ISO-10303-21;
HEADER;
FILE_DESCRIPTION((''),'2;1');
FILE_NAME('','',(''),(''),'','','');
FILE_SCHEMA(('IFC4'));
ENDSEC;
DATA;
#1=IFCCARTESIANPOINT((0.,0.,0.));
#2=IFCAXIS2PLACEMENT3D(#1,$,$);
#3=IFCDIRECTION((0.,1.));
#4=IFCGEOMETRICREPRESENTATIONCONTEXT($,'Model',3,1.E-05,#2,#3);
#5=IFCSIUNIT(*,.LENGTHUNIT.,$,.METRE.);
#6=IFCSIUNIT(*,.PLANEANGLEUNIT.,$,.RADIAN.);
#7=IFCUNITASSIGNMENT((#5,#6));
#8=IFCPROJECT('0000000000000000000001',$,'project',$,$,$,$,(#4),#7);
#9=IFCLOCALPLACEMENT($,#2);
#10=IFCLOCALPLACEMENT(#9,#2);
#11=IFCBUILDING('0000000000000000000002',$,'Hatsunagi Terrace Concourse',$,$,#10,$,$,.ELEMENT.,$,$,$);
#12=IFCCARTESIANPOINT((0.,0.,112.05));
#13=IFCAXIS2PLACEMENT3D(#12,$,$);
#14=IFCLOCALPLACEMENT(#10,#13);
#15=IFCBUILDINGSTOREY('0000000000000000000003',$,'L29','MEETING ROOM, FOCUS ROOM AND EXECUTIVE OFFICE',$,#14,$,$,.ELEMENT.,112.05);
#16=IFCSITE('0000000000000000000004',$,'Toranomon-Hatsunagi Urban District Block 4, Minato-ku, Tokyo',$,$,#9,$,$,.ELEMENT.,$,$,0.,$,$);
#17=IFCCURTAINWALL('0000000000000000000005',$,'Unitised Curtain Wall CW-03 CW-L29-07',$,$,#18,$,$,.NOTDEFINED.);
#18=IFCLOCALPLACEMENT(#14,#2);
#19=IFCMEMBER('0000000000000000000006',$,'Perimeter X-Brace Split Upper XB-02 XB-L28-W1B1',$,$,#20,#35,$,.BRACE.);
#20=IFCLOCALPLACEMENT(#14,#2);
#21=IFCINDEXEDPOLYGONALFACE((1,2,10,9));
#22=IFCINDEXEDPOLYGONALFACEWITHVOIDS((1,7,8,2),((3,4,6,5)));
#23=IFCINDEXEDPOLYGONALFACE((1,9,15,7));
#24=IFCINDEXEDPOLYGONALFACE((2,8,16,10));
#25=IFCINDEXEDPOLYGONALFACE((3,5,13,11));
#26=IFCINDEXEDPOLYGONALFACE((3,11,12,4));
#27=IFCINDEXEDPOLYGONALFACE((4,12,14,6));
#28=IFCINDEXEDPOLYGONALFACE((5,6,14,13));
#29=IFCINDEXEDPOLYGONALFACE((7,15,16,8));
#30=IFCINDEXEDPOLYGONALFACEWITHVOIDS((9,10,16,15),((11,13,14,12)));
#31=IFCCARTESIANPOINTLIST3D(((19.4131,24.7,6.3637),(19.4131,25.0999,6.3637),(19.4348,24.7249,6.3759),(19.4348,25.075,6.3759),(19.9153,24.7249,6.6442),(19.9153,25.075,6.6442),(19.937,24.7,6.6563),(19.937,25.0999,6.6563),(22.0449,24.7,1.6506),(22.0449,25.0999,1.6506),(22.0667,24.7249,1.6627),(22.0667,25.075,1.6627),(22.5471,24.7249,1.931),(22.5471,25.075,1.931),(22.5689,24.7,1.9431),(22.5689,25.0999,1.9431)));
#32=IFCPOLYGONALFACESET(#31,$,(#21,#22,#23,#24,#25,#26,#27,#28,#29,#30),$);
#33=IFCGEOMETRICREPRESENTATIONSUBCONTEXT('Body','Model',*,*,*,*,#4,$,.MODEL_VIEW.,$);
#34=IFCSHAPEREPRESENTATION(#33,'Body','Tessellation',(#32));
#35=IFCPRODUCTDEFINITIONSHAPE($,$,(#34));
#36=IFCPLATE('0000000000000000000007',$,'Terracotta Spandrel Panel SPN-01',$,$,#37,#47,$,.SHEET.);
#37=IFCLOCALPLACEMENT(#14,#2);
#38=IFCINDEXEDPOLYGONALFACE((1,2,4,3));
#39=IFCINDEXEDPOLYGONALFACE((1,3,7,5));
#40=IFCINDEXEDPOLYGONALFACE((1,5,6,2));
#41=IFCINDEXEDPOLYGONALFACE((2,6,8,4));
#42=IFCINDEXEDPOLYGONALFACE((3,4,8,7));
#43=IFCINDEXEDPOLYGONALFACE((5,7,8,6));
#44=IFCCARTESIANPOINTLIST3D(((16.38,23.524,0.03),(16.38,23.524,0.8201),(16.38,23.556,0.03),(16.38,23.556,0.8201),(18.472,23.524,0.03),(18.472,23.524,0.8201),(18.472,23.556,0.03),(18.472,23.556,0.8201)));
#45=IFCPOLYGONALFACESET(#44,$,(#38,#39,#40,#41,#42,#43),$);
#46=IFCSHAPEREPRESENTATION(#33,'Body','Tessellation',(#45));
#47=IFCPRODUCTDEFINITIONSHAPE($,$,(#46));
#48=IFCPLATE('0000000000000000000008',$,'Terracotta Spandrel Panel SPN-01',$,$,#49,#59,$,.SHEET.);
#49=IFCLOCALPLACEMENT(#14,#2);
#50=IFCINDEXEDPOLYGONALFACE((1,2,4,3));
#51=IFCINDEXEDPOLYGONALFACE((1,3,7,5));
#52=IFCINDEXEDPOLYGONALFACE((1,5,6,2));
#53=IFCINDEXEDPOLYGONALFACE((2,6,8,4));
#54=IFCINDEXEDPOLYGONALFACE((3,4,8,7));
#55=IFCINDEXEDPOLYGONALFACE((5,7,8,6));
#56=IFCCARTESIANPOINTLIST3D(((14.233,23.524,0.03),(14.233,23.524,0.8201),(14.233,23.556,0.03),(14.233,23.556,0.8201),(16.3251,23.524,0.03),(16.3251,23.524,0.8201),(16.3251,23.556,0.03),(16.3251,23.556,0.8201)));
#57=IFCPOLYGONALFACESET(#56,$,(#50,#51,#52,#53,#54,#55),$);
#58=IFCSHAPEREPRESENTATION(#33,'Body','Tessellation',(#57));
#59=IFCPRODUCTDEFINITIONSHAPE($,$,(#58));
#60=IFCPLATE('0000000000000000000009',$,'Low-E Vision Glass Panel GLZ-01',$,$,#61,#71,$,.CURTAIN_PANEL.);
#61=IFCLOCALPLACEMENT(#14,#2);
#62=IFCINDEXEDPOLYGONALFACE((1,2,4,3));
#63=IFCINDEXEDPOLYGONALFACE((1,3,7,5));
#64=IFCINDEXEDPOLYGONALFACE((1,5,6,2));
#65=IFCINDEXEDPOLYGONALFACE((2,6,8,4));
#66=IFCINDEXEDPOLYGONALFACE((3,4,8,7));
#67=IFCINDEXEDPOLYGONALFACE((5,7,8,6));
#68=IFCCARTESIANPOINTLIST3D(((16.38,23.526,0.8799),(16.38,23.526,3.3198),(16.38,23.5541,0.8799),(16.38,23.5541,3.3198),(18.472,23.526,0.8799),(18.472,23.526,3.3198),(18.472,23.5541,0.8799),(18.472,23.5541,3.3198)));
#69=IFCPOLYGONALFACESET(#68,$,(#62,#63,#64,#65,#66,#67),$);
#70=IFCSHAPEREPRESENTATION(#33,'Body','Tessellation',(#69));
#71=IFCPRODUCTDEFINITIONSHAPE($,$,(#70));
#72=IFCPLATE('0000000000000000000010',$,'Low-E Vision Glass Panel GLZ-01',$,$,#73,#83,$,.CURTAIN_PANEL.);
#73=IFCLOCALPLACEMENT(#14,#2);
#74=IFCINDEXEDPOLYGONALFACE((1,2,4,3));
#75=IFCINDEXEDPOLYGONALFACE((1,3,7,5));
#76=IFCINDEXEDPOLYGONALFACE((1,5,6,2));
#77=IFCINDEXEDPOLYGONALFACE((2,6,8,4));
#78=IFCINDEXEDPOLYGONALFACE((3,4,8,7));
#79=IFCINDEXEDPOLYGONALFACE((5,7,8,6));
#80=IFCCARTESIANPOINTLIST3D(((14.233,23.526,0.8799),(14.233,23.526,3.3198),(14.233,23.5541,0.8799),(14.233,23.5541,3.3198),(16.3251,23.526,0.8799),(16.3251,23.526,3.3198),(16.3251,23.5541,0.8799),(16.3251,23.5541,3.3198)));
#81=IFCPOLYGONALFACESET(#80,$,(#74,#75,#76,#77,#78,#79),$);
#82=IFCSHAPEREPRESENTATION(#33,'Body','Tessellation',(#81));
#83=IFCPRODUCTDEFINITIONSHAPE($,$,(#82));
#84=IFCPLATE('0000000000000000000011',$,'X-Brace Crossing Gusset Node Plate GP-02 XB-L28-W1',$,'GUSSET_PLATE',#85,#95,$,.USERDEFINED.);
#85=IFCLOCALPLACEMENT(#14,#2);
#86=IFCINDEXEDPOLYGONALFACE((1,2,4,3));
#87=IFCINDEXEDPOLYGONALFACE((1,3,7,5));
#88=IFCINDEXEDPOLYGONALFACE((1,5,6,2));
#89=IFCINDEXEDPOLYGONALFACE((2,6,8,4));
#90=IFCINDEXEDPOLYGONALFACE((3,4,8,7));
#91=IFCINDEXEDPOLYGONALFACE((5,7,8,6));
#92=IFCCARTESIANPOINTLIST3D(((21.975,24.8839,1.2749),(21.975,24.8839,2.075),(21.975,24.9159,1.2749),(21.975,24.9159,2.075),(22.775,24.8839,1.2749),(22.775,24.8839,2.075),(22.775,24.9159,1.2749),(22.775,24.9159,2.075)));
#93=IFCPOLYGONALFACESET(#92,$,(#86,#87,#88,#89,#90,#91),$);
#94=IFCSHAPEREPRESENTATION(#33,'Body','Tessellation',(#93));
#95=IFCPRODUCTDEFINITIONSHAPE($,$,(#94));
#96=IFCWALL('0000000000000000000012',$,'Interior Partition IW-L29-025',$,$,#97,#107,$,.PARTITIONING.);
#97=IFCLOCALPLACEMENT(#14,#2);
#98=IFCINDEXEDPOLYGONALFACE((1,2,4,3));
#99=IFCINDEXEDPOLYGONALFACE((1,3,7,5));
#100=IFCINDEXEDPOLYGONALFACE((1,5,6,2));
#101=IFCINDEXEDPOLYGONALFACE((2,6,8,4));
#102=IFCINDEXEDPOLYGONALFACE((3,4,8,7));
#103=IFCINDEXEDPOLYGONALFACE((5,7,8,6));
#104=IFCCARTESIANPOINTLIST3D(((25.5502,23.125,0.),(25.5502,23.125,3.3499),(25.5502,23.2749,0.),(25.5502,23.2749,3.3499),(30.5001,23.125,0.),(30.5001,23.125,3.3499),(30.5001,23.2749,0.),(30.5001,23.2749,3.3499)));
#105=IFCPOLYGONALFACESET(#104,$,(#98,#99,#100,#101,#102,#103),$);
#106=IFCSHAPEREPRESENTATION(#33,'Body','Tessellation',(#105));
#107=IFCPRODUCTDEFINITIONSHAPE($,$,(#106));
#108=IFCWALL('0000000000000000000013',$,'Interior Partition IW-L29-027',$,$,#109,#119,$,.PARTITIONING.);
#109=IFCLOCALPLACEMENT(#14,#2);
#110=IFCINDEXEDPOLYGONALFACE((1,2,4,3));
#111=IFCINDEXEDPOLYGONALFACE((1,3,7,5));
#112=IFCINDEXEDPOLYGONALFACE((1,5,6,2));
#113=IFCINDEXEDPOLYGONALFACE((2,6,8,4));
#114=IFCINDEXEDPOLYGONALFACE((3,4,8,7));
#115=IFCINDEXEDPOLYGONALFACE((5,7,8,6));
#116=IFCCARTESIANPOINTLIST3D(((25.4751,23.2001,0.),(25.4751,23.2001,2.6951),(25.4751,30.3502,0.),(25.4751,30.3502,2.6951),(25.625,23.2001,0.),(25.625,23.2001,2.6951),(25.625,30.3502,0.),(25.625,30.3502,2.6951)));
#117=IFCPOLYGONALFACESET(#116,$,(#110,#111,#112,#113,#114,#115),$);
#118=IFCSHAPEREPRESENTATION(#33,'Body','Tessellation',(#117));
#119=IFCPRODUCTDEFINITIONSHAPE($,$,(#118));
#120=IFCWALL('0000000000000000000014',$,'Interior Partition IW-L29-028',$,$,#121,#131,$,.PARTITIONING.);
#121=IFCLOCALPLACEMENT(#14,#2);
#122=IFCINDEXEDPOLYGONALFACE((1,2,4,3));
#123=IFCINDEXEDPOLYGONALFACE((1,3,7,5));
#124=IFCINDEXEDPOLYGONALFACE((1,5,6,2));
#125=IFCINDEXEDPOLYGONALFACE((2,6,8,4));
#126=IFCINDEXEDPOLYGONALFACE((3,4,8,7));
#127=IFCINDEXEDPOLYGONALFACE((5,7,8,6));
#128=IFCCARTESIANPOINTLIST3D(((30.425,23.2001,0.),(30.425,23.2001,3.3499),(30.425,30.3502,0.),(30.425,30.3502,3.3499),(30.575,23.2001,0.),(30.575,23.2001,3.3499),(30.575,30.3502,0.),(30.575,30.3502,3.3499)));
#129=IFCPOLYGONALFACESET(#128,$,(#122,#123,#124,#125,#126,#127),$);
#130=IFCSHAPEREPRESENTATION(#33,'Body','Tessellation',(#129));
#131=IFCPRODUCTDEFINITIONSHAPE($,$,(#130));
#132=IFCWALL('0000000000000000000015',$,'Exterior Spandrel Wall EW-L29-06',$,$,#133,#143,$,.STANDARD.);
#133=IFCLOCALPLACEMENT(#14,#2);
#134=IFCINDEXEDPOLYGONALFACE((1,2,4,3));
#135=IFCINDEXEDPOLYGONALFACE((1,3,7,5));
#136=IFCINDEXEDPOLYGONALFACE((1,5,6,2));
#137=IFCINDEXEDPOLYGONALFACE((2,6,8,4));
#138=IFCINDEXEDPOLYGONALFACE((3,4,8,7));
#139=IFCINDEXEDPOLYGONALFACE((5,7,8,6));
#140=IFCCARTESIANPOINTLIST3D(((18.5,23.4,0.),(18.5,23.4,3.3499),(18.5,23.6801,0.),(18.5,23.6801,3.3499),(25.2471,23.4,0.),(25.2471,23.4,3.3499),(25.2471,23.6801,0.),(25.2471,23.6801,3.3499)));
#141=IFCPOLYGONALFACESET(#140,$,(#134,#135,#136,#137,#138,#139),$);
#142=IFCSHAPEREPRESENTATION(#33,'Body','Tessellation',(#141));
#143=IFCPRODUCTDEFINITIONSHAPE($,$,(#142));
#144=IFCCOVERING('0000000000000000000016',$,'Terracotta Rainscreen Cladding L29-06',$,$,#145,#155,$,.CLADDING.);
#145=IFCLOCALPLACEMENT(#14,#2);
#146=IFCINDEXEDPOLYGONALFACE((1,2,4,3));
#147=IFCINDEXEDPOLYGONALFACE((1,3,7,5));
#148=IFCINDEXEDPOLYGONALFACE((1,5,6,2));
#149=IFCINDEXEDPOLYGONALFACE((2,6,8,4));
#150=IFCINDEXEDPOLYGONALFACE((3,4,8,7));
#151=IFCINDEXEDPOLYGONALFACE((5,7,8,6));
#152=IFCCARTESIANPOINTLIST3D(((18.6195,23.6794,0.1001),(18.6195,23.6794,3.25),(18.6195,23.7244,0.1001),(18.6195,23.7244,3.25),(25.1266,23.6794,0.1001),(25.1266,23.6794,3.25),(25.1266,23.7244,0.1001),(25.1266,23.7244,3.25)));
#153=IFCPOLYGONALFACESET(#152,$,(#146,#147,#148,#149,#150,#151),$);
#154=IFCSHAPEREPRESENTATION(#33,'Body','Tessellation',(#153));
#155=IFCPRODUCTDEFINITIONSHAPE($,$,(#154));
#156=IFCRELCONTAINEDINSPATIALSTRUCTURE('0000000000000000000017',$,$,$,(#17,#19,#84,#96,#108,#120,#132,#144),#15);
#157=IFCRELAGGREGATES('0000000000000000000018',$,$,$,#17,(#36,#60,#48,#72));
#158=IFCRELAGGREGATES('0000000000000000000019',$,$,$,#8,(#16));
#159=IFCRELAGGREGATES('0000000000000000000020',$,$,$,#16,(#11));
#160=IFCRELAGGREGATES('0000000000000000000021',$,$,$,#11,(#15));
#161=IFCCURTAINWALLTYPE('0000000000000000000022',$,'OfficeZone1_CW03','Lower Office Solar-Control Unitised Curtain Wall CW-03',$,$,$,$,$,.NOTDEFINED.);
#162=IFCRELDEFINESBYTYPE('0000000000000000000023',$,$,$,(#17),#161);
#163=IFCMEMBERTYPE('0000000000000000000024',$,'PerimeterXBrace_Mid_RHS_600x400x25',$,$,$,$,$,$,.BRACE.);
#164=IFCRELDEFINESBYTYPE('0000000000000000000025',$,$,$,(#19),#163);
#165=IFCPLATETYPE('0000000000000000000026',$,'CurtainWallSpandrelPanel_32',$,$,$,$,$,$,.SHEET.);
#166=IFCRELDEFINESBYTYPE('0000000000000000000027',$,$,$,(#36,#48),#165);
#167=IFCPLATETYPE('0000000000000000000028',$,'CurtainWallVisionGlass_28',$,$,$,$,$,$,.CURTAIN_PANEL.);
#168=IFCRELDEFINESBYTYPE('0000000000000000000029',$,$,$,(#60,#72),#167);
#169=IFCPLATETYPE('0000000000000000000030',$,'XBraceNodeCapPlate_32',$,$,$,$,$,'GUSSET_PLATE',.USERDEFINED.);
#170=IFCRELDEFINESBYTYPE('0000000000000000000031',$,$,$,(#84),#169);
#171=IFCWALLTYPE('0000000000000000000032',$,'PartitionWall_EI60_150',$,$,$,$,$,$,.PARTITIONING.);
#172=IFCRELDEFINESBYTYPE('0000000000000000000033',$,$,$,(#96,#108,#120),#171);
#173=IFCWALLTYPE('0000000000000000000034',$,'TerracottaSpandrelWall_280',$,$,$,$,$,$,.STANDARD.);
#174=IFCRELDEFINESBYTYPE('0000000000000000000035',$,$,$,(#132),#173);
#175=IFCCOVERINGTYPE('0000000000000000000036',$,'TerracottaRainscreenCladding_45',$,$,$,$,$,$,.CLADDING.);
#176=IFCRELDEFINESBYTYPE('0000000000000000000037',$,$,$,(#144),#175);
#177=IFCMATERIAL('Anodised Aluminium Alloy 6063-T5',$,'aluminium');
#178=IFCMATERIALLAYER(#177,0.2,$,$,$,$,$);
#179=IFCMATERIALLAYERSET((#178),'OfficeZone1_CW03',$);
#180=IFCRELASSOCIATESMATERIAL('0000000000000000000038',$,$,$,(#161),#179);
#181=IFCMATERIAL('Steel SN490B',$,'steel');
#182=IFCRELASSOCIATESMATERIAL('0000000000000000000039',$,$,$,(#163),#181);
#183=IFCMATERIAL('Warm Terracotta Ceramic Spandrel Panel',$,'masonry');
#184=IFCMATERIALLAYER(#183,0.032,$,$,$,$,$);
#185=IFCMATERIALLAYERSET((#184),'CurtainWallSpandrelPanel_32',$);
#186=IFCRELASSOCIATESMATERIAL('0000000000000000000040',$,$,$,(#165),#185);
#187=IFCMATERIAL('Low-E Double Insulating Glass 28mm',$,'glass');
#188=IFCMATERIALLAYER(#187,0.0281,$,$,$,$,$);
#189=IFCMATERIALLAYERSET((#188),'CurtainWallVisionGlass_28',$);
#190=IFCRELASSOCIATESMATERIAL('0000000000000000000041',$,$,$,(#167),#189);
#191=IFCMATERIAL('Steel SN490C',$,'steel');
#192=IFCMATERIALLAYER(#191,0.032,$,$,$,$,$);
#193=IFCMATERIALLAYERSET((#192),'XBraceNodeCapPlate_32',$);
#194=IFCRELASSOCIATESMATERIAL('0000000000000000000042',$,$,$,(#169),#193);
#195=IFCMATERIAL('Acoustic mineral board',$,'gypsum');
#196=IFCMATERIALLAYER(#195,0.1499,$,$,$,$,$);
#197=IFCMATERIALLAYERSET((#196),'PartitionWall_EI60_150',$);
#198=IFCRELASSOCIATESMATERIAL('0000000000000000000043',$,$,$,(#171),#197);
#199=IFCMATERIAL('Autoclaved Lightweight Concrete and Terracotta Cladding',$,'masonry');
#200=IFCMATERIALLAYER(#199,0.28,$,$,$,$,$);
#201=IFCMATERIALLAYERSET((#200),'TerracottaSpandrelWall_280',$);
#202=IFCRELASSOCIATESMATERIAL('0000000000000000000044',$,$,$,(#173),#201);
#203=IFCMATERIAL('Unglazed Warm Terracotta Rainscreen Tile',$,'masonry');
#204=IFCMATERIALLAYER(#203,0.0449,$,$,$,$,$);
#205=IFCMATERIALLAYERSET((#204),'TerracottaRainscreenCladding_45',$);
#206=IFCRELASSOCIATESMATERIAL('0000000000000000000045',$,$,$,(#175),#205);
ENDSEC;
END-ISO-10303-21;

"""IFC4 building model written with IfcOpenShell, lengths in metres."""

from ifc_helpers import new_model, si_unit, direction, frame, frame_2d, origin, origin_2d, place, context, subcontext, project, spatial, rectangle, hollow_rectangle, extrude, material, layer, layer_set, material_profile, profile_set, type_object, element, aggregate, save


model = new_model("IFC4")

# Units and contexts
model_context = context("Model", 3, precision=1e-05, world=origin(), true_north=direction((0.0, 1.0)))
body_context = subcontext(model_context, "Body", "Model", "MODEL_VIEW")
ifc_project = project(units=[si_unit("LENGTHUNIT", "METRE"), si_unit("PLANEANGLEUNIT", "RADIAN")], contexts=[model_context])

# Site, building, storey
site_placement = place(None, origin())
site = spatial("IfcSite", under=ifc_project, at=site_placement, Name="Toranomon-Hatsunagi Urban District Block 4, Minato-ku, Tokyo", CompositionType="ELEMENT", RefElevation=0.0)
building_placement = place(site_placement, origin())
building = spatial("IfcBuilding", under=site, at=building_placement, Name="Hatsunagi Terrace Concourse", CompositionType="ELEMENT")
storey_placement = place(building_placement, frame((0.0, 0.0, 112.05)))
storey = spatial("IfcBuildingStorey", under=building, at=storey_placement, Name="L29", Description="MEETING ROOM, FOCUS ROOM AND EXECUTIVE OFFICE", CompositionType="ELEMENT", Elevation=112.05)

# Curtain wall
ifc_material_1 = material(Name="Anodised Aluminium Alloy 6063-T5", Category="aluminium")
ifc_layer_1 = layer(ifc_material_1, 0.2)
ifc_layer_set_1 = layer_set([ifc_layer_1], Name="OfficeZone1_CW03")
curtain_wall_type = type_object("IfcCurtainWallType", Name="OfficeZone1_CW03", Description="Lower Office Solar-Control Unitised Curtain Wall CW-03", PredefinedType="NOTDEFINED", material=ifc_layer_set_1)
curtain_wall_placement = place(storey_placement, origin())
curtain_wall = element("IfcCurtainWall", 1, at=curtain_wall_placement, inside=storey, type_object=curtain_wall_type, Name="Unitised Curtain Wall CW-03 CW-L29-07", PredefinedType="NOTDEFINED")

# Member
ifc_material_2 = material(Name="Steel SN490B", Category="steel")
ifc_material_profile_1 = material_profile(ifc_material_2, hollow_rectangle(XDim=0.3999, YDim=0.6001, WallThickness=0.0249, at=origin_2d()), Name="RHS-600x400x25")
ifc_profile_set_1 = profile_set([ifc_material_profile_1], Name="Steel SN490B")
member_type_1 = type_object("IfcMemberType", Name="PerimeterXBrace_Mid_RHS_600x400x25", PredefinedType="BRACE", material=ifc_profile_set_1)
member_1_placement = place(storey_placement, frame((19.675, 24.8999, 6.51), z_axis=(0.487543, 0.0, -0.873099), x_axis=(0.0, 1.0, 0.0)))
element("IfcMember", 2, at=member_1_placement, inside=storey, type_object=member_type_1, Name="Perimeter X-Brace Split Upper XB-02 XB-L28-W1B1", PredefinedType="BRACE", context=body_context, shape_type="SweptSolid", body=[
    extrude(hollow_rectangle(XDim=0.3999, YDim=0.6001, WallThickness=0.0249, at=origin_2d()), origin(), (0.0, 0.0, 1.0), 5.3982),
])

# Plates
ifc_material_3 = material(Name="Warm Terracotta Ceramic Spandrel Panel", Category="masonry")
ifc_layer_2 = layer(ifc_material_3, 0.032)
ifc_layer_set_2 = layer_set([ifc_layer_2], Name="CurtainWallSpandrelPanel_32")
plate_type_1 = type_object("IfcPlateType", Name="CurtainWallSpandrelPanel_32", PredefinedType="SHEET", material=ifc_layer_set_2)
plate_1_placement = place(storey_placement, frame((17.426, 23.54, 0.03), z_axis=(0.0, 0.0, 1.0), x_axis=(-1.0, 0.0, 0.0)))
plate_1 = element("IfcPlate", 3, at=plate_1_placement, type_object=plate_type_1, Name="Terracotta Spandrel Panel SPN-01", PredefinedType="SHEET", context=body_context, shape_type="SweptSolid", body=[
    extrude(rectangle(XDim=2.092, YDim=0.032, at=origin_2d()), origin(), (0.0, 0.0, 1.0), 0.79),
])
plate_2_placement = place(storey_placement, frame((15.2791, 23.54, 0.03), z_axis=(0.0, 0.0, 1.0), x_axis=(-1.0, 0.0, 0.0)))
plate_2 = element("IfcPlate", 4, at=plate_2_placement, type_object=plate_type_1, Name="Terracotta Spandrel Panel SPN-01", PredefinedType="SHEET", context=body_context, shape_type="SweptSolid", body=[
    extrude(rectangle(XDim=2.092, YDim=0.032, at=origin_2d()), origin(), (0.0, 0.0, 1.0), 0.79),
])
ifc_material_4 = material(Name="Low-E Double Insulating Glass 28mm", Category="glass")
ifc_layer_3 = layer(ifc_material_4, 0.0281)
ifc_layer_set_3 = layer_set([ifc_layer_3], Name="CurtainWallVisionGlass_28")
plate_type_2 = type_object("IfcPlateType", Name="CurtainWallVisionGlass_28", PredefinedType="CURTAIN_PANEL", material=ifc_layer_set_3)
plate_3_placement = place(storey_placement, frame((17.426, 23.54, 0.8799), z_axis=(0.0, 0.0, 1.0), x_axis=(-1.0, 0.0, 0.0)))
plate_3 = element("IfcPlate", 5, at=plate_3_placement, type_object=plate_type_2, Name="Low-E Vision Glass Panel GLZ-01", PredefinedType="CURTAIN_PANEL", context=body_context, shape_type="SweptSolid", body=[
    extrude(rectangle(XDim=2.092, YDim=0.0281, at=origin_2d()), origin(), (0.0, 0.0, 1.0), 2.4399),
])
plate_4_placement = place(storey_placement, frame((15.2791, 23.54, 0.8799), z_axis=(0.0, 0.0, 1.0), x_axis=(-1.0, 0.0, 0.0)))
plate_4 = element("IfcPlate", 6, at=plate_4_placement, type_object=plate_type_2, Name="Low-E Vision Glass Panel GLZ-01", PredefinedType="CURTAIN_PANEL", context=body_context, shape_type="SweptSolid", body=[
    extrude(rectangle(XDim=2.092, YDim=0.0281, at=origin_2d()), origin(), (0.0, 0.0, 1.0), 2.4399),
])
aggregate(curtain_wall, [plate_1, plate_3, plate_2, plate_4])
ifc_material_5 = material(Name="Steel SN490C", Category="steel")
ifc_layer_4 = layer(ifc_material_5, 0.032)
ifc_layer_set_4 = layer_set([ifc_layer_4], Name="XBraceNodeCapPlate_32")
plate_type_3 = type_object("IfcPlateType", Name="XBraceNodeCapPlate_32", ElementType="GUSSET_PLATE", PredefinedType="USERDEFINED", material=ifc_layer_set_4)
plate_5_placement = place(storey_placement, frame((22.375, 24.8999, 1.2749), z_axis=(0.0, 0.0, 1.0), x_axis=(1.0, 0.0, 0.0)))
element("IfcPlate", 7, at=plate_5_placement, inside=storey, type_object=plate_type_3, Name="X-Brace Crossing Gusset Node Plate GP-02 XB-L28-W1", ObjectType="GUSSET_PLATE", PredefinedType="USERDEFINED", context=body_context, shape_type="SweptSolid", body=[
    extrude(rectangle(XDim=0.8, YDim=0.032, at=origin_2d()), origin(), (0.0, 0.0, 1.0), 0.8),
])

# Walls
ifc_material_6 = material(Name="Acoustic mineral board", Category="gypsum")
ifc_layer_5 = layer(ifc_material_6, 0.1499)
ifc_layer_set_5 = layer_set([ifc_layer_5], Name="PartitionWall_EI60_150")
wall_type_1 = type_object("IfcWallType", Name="PartitionWall_EI60_150", PredefinedType="PARTITIONING", material=ifc_layer_set_5)
wall_1_placement = place(storey_placement, frame((25.55, 23.2, 0.0), z_axis=(0.0, 0.0, 1.0), x_axis=(1.0, 0.0, 0.0)))
element("IfcWall", 8, at=wall_1_placement, inside=storey, type_object=wall_type_1, Name="Interior Partition IW-L29-025", PredefinedType="PARTITIONING", context=body_context, shape_type="SweptSolid", body=[
    extrude(rectangle(XDim=4.95, YDim=0.1499, at=frame_2d((2.4751, 0.0))), origin(), (0.0, 0.0, 1.0), 3.3499),
])
wall_2_placement = place(storey_placement, frame((25.55, 23.2, 0.0), z_axis=(0.0, 0.0, 1.0), x_axis=(0.0, 1.0, 0.0)))
element("IfcWall", 9, at=wall_2_placement, inside=storey, type_object=wall_type_1, Name="Interior Partition IW-L29-027", PredefinedType="PARTITIONING", context=body_context, shape_type="SweptSolid", body=[
    extrude(rectangle(XDim=7.1501, YDim=0.1499, at=frame_2d((3.5752, 0.0))), origin(), (0.0, 0.0, 1.0), 2.6951),
])
wall_3_placement = place(storey_placement, frame((30.5, 23.2, 0.0), z_axis=(0.0, 0.0, 1.0), x_axis=(0.0, 1.0, 0.0)))
element("IfcWall", 10, at=wall_3_placement, inside=storey, type_object=wall_type_1, Name="Interior Partition IW-L29-028", PredefinedType="PARTITIONING", context=body_context, shape_type="SweptSolid", body=[
    extrude(rectangle(XDim=7.1501, YDim=0.1499, at=frame_2d((3.5752, 0.0))), origin(), (0.0, 0.0, 1.0), 3.3499),
])

# Wall
ifc_material_7 = material(Name="Autoclaved Lightweight Concrete and Terracotta Cladding", Category="masonry")
ifc_layer_6 = layer(ifc_material_7, 0.28)
ifc_layer_set_6 = layer_set([ifc_layer_6], Name="TerracottaSpandrelWall_280")
wall_type_2 = type_object("IfcWallType", Name="TerracottaSpandrelWall_280", PredefinedType="STANDARD", material=ifc_layer_set_6)
wall_4_placement = place(storey_placement, frame((25.2471, 23.54, 0.0), z_axis=(0.0, 0.0, 1.0), x_axis=(-1.0, 0.0, 0.0)))
element("IfcWall", 11, at=wall_4_placement, inside=storey, type_object=wall_type_2, Name="Exterior Spandrel Wall EW-L29-06", PredefinedType="STANDARD", context=body_context, shape_type="SweptSolid", body=[
    extrude(rectangle(XDim=6.7471, YDim=0.28, at=frame_2d((3.3735, 0.0))), origin(), (0.0, 0.0, 1.0), 3.3499),
])

# Covering
ifc_material_8 = material(Name="Unglazed Warm Terracotta Rainscreen Tile", Category="masonry")
ifc_layer_7 = layer(ifc_material_8, 0.0449)
ifc_layer_set_7 = layer_set([ifc_layer_7], Name="TerracottaRainscreenCladding_45")
covering_type = type_object("IfcCoveringType", Name="TerracottaRainscreenCladding_45", PredefinedType="CLADDING", material=ifc_layer_set_7)
covering_placement = place(storey_placement, frame((21.873, 23.7019, 0.1001), z_axis=(0.0, 0.0, 1.0), x_axis=(-1.0, 0.0, 0.0)))
element("IfcCovering", 12, at=covering_placement, inside=storey, type_object=covering_type, Name="Terracotta Rainscreen Cladding L29-06", PredefinedType="CLADDING", context=body_context, shape_type="SweptSolid", body=[
    extrude(rectangle(XDim=6.5071, YDim=0.0449, at=origin_2d()), origin(), (0.0, 0.0, 1.0), 3.1499),
])

save(model, "model.ifc")
